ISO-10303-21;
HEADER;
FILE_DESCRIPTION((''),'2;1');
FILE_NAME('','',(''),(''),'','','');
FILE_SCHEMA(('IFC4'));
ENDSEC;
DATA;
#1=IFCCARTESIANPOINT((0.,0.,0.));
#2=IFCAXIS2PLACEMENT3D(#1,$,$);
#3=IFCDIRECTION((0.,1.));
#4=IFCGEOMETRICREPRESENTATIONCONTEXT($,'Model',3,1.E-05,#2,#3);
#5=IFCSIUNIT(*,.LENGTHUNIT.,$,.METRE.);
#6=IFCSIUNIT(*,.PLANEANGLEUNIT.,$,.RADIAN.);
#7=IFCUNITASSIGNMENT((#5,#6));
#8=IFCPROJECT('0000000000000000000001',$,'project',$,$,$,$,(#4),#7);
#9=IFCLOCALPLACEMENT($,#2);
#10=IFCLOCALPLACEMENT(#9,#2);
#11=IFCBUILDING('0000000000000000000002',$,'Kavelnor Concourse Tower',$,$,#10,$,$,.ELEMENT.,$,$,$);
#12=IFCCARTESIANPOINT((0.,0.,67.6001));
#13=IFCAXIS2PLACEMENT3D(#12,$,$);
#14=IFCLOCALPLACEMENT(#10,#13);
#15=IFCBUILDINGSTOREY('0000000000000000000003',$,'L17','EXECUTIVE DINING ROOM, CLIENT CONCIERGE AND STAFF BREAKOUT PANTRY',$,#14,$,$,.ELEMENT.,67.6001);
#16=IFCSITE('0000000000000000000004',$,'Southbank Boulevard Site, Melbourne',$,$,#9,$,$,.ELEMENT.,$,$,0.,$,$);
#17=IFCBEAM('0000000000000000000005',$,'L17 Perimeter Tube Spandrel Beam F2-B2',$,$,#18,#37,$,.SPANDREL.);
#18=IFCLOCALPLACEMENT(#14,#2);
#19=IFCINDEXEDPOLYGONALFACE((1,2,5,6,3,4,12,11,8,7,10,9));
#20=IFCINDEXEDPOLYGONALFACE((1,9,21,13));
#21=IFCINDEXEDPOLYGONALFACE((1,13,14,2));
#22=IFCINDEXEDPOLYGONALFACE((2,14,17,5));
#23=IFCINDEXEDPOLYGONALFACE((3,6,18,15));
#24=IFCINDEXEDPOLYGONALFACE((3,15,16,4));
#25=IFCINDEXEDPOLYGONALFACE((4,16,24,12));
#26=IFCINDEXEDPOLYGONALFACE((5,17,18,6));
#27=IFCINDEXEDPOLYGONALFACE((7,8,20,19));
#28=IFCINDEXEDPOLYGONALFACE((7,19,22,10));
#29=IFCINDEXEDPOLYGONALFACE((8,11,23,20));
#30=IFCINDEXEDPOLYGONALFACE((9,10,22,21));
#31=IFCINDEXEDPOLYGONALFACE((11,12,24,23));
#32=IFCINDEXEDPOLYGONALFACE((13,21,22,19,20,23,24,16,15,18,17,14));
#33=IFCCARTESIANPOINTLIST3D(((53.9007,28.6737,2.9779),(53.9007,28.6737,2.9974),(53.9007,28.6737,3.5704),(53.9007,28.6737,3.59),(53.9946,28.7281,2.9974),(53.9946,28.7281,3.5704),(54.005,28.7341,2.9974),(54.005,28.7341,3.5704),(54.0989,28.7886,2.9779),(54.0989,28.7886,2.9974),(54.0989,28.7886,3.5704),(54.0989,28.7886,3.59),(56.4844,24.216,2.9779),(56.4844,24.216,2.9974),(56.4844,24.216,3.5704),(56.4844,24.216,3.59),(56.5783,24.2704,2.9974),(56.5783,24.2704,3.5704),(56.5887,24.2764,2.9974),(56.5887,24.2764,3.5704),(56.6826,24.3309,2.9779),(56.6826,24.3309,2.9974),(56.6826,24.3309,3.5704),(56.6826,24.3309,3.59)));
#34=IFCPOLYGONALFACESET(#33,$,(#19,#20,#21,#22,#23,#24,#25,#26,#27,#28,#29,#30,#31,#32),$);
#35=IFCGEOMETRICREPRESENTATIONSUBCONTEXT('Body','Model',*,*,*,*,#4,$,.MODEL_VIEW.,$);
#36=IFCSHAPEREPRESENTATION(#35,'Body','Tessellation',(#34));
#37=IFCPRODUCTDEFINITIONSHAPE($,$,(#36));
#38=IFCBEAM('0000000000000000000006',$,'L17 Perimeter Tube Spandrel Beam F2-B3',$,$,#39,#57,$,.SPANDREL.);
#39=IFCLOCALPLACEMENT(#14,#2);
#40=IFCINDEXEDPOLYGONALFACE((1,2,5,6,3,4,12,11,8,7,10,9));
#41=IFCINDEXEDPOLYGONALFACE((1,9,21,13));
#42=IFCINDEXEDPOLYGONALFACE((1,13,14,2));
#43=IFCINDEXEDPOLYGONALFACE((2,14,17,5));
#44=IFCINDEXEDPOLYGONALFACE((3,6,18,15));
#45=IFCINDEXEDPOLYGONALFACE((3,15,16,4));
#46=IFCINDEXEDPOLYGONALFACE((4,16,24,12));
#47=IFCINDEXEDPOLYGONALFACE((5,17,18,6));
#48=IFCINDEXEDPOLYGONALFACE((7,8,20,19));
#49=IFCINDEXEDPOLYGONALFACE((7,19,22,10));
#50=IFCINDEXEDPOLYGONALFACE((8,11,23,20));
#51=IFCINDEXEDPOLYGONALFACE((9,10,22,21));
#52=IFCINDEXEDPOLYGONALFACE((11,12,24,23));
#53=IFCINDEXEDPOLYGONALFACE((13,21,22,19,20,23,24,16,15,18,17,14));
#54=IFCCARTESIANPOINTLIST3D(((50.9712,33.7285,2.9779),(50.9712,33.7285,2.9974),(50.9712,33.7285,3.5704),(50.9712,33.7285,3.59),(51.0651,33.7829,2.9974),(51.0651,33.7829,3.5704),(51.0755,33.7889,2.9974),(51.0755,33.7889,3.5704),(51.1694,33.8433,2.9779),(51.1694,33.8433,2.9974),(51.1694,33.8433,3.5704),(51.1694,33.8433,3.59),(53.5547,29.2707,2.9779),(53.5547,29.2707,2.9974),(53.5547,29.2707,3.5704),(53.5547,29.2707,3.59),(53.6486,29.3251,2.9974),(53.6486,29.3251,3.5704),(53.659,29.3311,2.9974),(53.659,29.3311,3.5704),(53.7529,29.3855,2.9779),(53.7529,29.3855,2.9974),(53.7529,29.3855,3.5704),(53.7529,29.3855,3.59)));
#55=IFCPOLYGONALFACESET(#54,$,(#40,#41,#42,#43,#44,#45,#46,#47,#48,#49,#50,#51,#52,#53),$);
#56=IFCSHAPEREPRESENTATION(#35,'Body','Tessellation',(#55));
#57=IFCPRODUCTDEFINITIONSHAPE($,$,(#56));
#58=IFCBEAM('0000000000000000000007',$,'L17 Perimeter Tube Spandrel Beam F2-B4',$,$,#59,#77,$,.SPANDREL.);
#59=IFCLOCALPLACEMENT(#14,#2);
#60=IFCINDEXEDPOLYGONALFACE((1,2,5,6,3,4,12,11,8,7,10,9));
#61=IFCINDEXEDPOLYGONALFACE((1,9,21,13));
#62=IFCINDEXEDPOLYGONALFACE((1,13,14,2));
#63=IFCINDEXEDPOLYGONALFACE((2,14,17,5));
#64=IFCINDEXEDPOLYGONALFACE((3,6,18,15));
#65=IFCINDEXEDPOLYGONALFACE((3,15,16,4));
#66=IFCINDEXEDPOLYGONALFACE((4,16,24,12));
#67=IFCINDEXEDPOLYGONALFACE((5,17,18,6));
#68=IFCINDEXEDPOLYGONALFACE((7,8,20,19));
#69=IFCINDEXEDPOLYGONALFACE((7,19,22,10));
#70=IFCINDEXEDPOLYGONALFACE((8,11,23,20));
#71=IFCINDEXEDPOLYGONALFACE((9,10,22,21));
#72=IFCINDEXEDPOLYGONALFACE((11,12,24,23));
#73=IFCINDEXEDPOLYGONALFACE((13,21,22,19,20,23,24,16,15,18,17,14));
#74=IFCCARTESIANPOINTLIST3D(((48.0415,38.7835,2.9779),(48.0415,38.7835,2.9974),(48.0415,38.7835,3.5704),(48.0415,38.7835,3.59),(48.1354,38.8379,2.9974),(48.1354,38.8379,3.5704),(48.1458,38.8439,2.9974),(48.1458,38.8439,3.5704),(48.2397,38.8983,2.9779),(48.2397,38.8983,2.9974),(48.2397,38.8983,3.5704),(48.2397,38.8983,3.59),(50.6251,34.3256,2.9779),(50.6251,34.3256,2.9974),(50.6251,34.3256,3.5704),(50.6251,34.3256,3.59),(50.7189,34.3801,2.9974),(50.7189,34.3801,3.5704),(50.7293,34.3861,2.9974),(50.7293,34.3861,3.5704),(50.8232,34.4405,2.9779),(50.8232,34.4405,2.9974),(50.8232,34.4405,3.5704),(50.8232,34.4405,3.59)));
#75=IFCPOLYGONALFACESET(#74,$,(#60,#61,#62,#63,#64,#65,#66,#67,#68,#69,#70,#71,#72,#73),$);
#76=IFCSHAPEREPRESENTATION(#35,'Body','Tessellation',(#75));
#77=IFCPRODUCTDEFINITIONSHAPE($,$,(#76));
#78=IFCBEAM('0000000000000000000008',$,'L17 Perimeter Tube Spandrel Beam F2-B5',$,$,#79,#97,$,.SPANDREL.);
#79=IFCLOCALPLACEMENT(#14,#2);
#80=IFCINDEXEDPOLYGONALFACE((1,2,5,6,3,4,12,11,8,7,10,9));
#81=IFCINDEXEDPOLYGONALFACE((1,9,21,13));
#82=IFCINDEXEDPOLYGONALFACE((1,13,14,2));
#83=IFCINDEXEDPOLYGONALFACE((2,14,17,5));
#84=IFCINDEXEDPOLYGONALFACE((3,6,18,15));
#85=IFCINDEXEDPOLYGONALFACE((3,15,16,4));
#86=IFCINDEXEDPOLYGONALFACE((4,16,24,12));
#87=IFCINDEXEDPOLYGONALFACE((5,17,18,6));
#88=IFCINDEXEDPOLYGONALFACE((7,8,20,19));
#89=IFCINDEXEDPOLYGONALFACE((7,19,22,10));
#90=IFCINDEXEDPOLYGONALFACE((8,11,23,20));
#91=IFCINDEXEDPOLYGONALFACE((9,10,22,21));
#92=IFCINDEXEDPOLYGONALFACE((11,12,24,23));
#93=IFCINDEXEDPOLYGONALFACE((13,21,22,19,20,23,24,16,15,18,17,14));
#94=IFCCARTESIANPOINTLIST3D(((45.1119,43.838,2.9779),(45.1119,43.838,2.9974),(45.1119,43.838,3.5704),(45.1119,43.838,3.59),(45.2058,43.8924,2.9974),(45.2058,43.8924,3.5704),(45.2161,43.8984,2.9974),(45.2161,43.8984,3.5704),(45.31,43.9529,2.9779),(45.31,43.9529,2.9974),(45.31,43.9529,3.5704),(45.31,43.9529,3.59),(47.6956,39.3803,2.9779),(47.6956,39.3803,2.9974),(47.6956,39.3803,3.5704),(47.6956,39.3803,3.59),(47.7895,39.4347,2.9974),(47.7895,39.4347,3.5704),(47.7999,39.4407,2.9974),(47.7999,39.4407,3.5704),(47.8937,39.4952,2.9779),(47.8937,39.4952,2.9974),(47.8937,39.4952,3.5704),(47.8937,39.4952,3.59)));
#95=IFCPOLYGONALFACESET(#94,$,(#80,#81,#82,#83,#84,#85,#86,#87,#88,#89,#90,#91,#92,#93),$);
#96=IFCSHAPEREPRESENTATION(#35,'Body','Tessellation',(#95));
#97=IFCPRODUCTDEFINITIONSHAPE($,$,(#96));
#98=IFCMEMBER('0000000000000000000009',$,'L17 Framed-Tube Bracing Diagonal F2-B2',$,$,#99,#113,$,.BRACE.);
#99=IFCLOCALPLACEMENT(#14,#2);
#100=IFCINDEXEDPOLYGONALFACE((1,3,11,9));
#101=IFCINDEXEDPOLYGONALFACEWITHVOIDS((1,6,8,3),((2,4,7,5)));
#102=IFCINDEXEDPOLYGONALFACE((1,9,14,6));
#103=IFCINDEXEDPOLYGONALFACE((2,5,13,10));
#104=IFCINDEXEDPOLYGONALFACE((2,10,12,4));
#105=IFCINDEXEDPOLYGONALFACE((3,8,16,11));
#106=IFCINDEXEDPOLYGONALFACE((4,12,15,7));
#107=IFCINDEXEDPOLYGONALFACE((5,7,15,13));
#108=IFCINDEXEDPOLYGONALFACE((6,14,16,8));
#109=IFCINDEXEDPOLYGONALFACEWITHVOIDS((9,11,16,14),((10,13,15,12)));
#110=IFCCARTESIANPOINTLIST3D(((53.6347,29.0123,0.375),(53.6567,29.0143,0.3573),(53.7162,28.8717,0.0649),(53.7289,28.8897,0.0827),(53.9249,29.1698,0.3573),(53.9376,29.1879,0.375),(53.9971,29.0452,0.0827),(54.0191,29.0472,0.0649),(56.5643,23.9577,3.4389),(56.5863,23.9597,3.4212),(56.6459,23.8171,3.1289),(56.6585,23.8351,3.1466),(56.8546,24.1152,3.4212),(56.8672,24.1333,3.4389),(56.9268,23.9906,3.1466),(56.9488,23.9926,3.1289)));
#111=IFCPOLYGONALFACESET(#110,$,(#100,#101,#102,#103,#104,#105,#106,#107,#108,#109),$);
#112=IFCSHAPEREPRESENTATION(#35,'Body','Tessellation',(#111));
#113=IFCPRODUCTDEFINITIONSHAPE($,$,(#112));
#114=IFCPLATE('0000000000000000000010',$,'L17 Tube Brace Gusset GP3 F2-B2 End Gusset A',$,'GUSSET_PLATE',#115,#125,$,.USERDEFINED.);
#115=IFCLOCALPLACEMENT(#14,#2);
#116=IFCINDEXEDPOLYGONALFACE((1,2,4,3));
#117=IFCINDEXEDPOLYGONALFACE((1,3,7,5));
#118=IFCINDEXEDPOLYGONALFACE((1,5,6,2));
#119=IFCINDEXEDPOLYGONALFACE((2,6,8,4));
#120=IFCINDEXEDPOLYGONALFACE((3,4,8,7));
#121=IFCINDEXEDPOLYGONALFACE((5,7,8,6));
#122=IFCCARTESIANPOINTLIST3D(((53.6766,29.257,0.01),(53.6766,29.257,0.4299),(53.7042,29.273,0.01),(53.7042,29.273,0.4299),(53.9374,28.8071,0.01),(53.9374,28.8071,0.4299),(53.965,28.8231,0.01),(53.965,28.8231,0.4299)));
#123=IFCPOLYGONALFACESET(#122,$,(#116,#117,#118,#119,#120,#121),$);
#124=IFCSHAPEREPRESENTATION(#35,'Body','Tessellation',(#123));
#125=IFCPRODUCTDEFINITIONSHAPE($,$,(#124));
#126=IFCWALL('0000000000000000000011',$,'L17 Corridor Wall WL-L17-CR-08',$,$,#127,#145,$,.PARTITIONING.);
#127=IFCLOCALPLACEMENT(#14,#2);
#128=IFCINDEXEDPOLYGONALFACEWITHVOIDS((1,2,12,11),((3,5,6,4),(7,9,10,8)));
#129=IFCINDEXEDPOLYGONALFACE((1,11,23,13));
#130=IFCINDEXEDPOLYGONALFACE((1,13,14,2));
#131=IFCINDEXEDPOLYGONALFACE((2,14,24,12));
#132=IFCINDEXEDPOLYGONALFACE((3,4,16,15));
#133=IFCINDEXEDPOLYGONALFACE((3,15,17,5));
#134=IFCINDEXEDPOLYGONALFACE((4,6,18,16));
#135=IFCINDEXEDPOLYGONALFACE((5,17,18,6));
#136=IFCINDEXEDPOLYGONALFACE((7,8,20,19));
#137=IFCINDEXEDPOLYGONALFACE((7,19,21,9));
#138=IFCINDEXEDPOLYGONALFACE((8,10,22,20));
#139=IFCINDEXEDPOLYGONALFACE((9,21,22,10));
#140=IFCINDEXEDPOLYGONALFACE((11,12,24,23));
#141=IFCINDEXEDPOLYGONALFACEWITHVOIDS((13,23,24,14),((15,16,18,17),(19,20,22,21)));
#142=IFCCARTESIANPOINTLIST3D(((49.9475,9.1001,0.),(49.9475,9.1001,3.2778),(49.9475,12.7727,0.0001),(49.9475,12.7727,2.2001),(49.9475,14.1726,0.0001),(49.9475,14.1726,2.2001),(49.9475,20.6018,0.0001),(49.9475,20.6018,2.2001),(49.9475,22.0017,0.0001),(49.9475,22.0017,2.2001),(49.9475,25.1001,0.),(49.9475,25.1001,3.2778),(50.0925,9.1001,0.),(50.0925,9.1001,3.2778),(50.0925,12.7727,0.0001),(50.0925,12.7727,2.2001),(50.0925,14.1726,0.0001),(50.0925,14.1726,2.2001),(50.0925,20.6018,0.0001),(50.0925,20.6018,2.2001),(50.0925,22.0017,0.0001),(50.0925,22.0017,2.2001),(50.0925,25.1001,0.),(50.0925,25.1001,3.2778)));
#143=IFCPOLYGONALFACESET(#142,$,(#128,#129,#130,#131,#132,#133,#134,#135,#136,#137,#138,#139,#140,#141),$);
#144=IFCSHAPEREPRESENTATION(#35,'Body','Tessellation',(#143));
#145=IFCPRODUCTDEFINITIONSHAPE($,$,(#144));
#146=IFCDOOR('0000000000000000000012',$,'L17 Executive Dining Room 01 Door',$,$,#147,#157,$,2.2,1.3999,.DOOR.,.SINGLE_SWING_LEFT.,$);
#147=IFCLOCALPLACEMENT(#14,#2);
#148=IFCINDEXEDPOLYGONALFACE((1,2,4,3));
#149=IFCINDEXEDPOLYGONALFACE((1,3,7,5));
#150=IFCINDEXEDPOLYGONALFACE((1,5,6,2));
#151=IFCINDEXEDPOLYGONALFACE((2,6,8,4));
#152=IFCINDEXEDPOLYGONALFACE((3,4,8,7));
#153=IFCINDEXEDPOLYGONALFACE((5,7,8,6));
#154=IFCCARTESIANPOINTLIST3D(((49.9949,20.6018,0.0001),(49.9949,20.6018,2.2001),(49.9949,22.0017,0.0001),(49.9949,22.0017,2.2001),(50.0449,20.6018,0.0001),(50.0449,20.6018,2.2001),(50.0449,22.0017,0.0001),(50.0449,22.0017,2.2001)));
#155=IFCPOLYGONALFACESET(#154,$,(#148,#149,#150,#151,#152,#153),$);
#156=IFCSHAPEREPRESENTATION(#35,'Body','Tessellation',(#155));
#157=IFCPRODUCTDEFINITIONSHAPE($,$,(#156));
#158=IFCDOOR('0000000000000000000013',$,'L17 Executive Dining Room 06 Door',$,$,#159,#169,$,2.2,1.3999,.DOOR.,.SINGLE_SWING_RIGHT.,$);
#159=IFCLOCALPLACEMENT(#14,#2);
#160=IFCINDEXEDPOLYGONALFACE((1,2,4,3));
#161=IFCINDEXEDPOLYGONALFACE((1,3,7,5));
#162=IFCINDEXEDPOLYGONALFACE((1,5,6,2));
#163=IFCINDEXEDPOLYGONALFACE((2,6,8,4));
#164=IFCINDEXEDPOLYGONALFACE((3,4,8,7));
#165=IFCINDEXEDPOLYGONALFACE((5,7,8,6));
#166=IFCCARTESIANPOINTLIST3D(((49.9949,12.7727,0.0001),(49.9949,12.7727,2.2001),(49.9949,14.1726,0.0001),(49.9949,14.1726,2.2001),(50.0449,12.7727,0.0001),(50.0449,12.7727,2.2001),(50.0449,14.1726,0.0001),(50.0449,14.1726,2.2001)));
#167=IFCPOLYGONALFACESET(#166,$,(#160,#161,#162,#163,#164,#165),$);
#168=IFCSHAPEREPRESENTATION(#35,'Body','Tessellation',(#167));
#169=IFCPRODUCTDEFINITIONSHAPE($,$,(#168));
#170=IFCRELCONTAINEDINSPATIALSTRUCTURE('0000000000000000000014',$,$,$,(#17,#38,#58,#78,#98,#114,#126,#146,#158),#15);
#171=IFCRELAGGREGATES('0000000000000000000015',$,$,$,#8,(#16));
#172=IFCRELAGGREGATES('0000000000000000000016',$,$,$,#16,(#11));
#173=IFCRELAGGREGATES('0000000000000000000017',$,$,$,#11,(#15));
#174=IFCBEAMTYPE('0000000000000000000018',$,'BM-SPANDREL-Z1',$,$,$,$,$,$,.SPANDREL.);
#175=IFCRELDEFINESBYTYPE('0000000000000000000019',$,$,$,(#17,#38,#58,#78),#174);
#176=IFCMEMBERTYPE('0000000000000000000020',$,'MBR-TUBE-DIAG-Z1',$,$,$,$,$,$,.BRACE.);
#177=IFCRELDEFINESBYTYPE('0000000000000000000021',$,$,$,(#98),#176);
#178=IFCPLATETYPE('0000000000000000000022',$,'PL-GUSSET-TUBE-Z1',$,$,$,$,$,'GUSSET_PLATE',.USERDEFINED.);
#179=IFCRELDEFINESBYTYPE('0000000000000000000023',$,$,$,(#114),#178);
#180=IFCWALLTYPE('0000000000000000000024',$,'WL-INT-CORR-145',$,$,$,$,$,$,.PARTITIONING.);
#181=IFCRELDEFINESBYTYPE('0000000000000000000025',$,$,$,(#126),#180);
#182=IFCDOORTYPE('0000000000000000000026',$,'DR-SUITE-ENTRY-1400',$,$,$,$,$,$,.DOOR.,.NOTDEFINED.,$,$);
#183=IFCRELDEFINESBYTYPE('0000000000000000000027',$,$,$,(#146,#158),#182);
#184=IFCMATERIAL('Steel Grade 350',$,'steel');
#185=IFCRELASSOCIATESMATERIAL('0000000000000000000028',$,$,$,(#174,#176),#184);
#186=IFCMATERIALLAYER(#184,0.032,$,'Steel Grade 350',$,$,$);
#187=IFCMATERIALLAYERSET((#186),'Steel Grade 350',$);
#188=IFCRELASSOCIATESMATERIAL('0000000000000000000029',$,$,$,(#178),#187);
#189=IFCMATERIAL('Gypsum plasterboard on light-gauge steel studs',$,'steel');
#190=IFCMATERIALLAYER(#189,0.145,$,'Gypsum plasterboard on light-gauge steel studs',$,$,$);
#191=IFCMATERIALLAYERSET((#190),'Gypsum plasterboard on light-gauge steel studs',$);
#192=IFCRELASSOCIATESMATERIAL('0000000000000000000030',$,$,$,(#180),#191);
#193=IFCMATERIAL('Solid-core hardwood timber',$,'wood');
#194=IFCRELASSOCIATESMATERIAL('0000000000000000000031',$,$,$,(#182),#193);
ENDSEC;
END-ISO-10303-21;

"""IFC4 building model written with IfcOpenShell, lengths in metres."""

from ifc_helpers import new_model, si_unit, direction, frame, frame_2d, origin, origin_2d, place, context, subcontext, project, spatial, rectangle, hollow_rectangle, i_section, extrude, material, layer, layer_set, material_profile, profile_set, type_object, element, fill, save


model = new_model("IFC4")

# Units and contexts
model_context = context("Model", 3, precision=1e-05, world=origin(), true_north=direction((0.0, 1.0)))
body_context = subcontext(model_context, "Body", "Model", "MODEL_VIEW")
ifc_project = project(units=[si_unit("LENGTHUNIT", "METRE"), si_unit("PLANEANGLEUNIT", "RADIAN")], contexts=[model_context])

# Site, building, storey
site_placement = place(None, origin())
site = spatial("IfcSite", under=ifc_project, at=site_placement, Name="Southbank Boulevard Site, Melbourne", CompositionType="ELEMENT", RefElevation=0.0)
building_placement = place(site_placement, origin())
building = spatial("IfcBuilding", under=site, at=building_placement, Name="Kavelnor Concourse Tower", CompositionType="ELEMENT")
storey_placement = place(building_placement, frame((0.0, 0.0, 67.6001)))
storey = spatial("IfcBuildingStorey", under=building, at=storey_placement, Name="L17", Description="EXECUTIVE DINING ROOM, CLIENT CONCIERGE AND STAFF BREAKOUT PANTRY", CompositionType="ELEMENT", Elevation=67.6001)

# Shared definitions
ifc_material_1 = material(Name="Steel Grade 350", Category="steel")

# Beams
ifc_material_profile_1 = material_profile(ifc_material_1, i_section(OverallWidth=0.229, OverallDepth=0.6121, WebThickness=0.012, FlangeThickness=0.0195, at=origin_2d()), Name="610UB125")
ifc_profile_set_1 = profile_set([ifc_material_profile_1], Name="Steel Grade 350")
beam_type_1 = type_object("IfcBeamType", Name="BM-SPANDREL-Z1", PredefinedType="SPANDREL", material=ifc_profile_set_1)
for number, where, z_axis, x_axis, name in (
    (1, (56.5835, 24.2734, 3.2839), (-0.501462, 0.86518, 0.0), (-0.86518, -0.501462, 0.0), "L17 Perimeter Tube Spandrel Beam F2-B2"),
    (2, (53.6538, 29.3281, 3.2839), (-0.501427, 0.8652, 0.0), (-0.8652, -0.501427, 0.0), "L17 Perimeter Tube Spandrel Beam F2-B3"),
    (3, (50.7241, 34.3831, 3.2839), (-0.501427, 0.8652, 0.0), (-0.8652, -0.501427, 0.0), "L17 Perimeter Tube Spandrel Beam F2-B4"),
    (4, (47.7947, 39.4377, 3.2839), (-0.501462, 0.86518, 0.0), (-0.86518, -0.501462, 0.0), "L17 Perimeter Tube Spandrel Beam F2-B5"),
):
    element("IfcBeam", number, at=place(storey_placement, frame(where, z_axis=z_axis, x_axis=x_axis)), inside=storey, type_object=beam_type_1, Name=name, PredefinedType="SPANDREL", context=body_context, shape_type="SweptSolid", body=[
        extrude(i_section(OverallWidth=0.229, OverallDepth=0.6121, WebThickness=0.012, FlangeThickness=0.0195, at=origin_2d()), origin(), (0.0, 0.0, 1.0), 5.1523),
    ])

# Member
ifc_material_profile_2 = material_profile(ifc_material_1, hollow_rectangle(XDim=0.3501, YDim=0.3501, WallThickness=0.02, at=origin_2d()), Name="SHS 350x350x20")
ifc_profile_set_2 = profile_set([ifc_material_profile_2], Name="Steel Grade 350")
member_type = type_object("IfcMemberType", Name="MBR-TUBE-DIAG-Z1", PredefinedType="BRACE", material=ifc_profile_set_2)
member_placement = place(storey_placement, frame((53.8269, 29.0298, 0.22), z_axis=(0.444092, -0.766206, 0.464446), x_axis=(0.865182, 0.501458, 0.0)))
element("IfcMember", 5, at=member_placement, inside=storey, type_object=member_type, Name="L17 Framed-Tube Bracing Diagonal F2-B2", PredefinedType="BRACE", context=body_context, shape_type="SweptSolid", body=[
    extrude(hollow_rectangle(XDim=0.3501, YDim=0.3501, WallThickness=0.02, at=origin_2d()), origin(), (0.0, 0.0, 1.0), 6.5969),
])

# Plate
ifc_layer_1 = layer(ifc_material_1, 0.032, Name="Steel Grade 350")
ifc_layer_set_1 = layer_set([ifc_layer_1], Name="Steel Grade 350")
plate_type = type_object("IfcPlateType", Name="PL-GUSSET-TUBE-Z1", ElementType="GUSSET_PLATE", PredefinedType="USERDEFINED", material=ifc_layer_set_1)
plate_placement = place(storey_placement, frame((53.8208, 29.04, 0.01), z_axis=(0.0, 0.0, 1.0), x_axis=(0.501511, -0.865151, 0.0)))
element("IfcPlate", 6, at=plate_placement, inside=storey, type_object=plate_type, Name="L17 Tube Brace Gusset GP3 F2-B2 End Gusset A", ObjectType="GUSSET_PLATE", PredefinedType="USERDEFINED", context=body_context, shape_type="SweptSolid", body=[
    extrude(rectangle(XDim=0.52, YDim=0.032, at=origin_2d()), origin(), (0.0, 0.0, 1.0), 0.4199),
])

# Wall, openings, doors
ifc_material_2 = material(Name="Gypsum plasterboard on light-gauge steel studs", Category="steel")
ifc_layer_2 = layer(ifc_material_2, 0.145, Name="Gypsum plasterboard on light-gauge steel studs")
ifc_layer_set_2 = layer_set([ifc_layer_2], Name="Gypsum plasterboard on light-gauge steel studs")
wall_type = type_object("IfcWallType", Name="WL-INT-CORR-145", PredefinedType="PARTITIONING", material=ifc_layer_set_2)
wall_placement = place(storey_placement, frame((50.02, 25.1001, 0.0), z_axis=(0.0, 0.0, 1.0), x_axis=(0.0, -1.0, 0.0)))
wall = element("IfcWall", 7, at=wall_placement, inside=storey, type_object=wall_type, Name="L17 Corridor Wall WL-L17-CR-08", PredefinedType="PARTITIONING", context=body_context, shape_type="SweptSolid", body=[
    extrude(rectangle(XDim=16.0, YDim=0.145, at=frame_2d((8.0, 0.0))), origin(), (0.0, 0.0, 1.0), 3.2778),
])
opening_1_placement = place(wall_placement, frame((3.0984, 0.0, 0.0)))
opening_1 = element("IfcOpeningElement", 8, at=opening_1_placement, cuts=wall, PredefinedType="OPENING", context=body_context, shape_type="SweptSolid", body=[
    extrude(rectangle(XDim=1.3999, YDim=2.2, at=frame_2d((0.7, 1.1001))), frame((0.0, 0.0825, 0.0), z_axis=(0.0, -1.0, 0.0), x_axis=(1.0, 0.0, 0.0)), (0.0, 0.0, 1.0), 0.165),
])
opening_2_placement = place(wall_placement, frame((10.9275, 0.0, 0.0)))
opening_2 = element("IfcOpeningElement", 9, at=opening_2_placement, cuts=wall, PredefinedType="OPENING", context=body_context, shape_type="SweptSolid", body=[
    extrude(rectangle(XDim=1.3999, YDim=2.2, at=frame_2d((0.7, 1.1001))), frame((0.0, 0.0825, 0.0), z_axis=(0.0, -1.0, 0.0), x_axis=(1.0, 0.0, 0.0)), (0.0, 0.0, 1.0), 0.165),
])
ifc_material_3 = material(Name="Solid-core hardwood timber", Category="wood")
door_type = type_object("IfcDoorType", Name="DR-SUITE-ENTRY-1400", OperationType="NOTDEFINED", PredefinedType="DOOR", material=ifc_material_3)
door_1_placement = place(opening_1_placement, origin())
door_1 = element("IfcDoor", 10, at=door_1_placement, inside=storey, type_object=door_type, Name="L17 Executive Dining Room 01 Door", OperationType="SINGLE_SWING_LEFT", OverallHeight=2.2, OverallWidth=1.3999, PredefinedType="DOOR", context=body_context, shape_type="SweptSolid", body=[
    extrude(rectangle(XDim=1.3999, YDim=2.2, at=frame_2d((0.7, 1.1001))), frame((0.0, 0.0249, 0.0), z_axis=(0.0, -1.0, 0.0), x_axis=(1.0, 0.0, 0.0)), (0.0, 0.0, 1.0), 0.05),
])
fill(opening_1, door_1)
door_2_placement = place(opening_2_placement, origin())
door_2 = element("IfcDoor", 11, at=door_2_placement, inside=storey, type_object=door_type, Name="L17 Executive Dining Room 06 Door", OperationType="SINGLE_SWING_RIGHT", OverallHeight=2.2, OverallWidth=1.3999, PredefinedType="DOOR", context=body_context, shape_type="SweptSolid", body=[
    extrude(rectangle(XDim=1.3999, YDim=2.2, at=frame_2d((0.7, 1.1001))), frame((0.0, 0.0249, 0.0), z_axis=(0.0, -1.0, 0.0), x_axis=(1.0, 0.0, 0.0)), (0.0, 0.0, 1.0), 0.05),
])
fill(opening_2, door_2)

save(model, "model.ifc")
